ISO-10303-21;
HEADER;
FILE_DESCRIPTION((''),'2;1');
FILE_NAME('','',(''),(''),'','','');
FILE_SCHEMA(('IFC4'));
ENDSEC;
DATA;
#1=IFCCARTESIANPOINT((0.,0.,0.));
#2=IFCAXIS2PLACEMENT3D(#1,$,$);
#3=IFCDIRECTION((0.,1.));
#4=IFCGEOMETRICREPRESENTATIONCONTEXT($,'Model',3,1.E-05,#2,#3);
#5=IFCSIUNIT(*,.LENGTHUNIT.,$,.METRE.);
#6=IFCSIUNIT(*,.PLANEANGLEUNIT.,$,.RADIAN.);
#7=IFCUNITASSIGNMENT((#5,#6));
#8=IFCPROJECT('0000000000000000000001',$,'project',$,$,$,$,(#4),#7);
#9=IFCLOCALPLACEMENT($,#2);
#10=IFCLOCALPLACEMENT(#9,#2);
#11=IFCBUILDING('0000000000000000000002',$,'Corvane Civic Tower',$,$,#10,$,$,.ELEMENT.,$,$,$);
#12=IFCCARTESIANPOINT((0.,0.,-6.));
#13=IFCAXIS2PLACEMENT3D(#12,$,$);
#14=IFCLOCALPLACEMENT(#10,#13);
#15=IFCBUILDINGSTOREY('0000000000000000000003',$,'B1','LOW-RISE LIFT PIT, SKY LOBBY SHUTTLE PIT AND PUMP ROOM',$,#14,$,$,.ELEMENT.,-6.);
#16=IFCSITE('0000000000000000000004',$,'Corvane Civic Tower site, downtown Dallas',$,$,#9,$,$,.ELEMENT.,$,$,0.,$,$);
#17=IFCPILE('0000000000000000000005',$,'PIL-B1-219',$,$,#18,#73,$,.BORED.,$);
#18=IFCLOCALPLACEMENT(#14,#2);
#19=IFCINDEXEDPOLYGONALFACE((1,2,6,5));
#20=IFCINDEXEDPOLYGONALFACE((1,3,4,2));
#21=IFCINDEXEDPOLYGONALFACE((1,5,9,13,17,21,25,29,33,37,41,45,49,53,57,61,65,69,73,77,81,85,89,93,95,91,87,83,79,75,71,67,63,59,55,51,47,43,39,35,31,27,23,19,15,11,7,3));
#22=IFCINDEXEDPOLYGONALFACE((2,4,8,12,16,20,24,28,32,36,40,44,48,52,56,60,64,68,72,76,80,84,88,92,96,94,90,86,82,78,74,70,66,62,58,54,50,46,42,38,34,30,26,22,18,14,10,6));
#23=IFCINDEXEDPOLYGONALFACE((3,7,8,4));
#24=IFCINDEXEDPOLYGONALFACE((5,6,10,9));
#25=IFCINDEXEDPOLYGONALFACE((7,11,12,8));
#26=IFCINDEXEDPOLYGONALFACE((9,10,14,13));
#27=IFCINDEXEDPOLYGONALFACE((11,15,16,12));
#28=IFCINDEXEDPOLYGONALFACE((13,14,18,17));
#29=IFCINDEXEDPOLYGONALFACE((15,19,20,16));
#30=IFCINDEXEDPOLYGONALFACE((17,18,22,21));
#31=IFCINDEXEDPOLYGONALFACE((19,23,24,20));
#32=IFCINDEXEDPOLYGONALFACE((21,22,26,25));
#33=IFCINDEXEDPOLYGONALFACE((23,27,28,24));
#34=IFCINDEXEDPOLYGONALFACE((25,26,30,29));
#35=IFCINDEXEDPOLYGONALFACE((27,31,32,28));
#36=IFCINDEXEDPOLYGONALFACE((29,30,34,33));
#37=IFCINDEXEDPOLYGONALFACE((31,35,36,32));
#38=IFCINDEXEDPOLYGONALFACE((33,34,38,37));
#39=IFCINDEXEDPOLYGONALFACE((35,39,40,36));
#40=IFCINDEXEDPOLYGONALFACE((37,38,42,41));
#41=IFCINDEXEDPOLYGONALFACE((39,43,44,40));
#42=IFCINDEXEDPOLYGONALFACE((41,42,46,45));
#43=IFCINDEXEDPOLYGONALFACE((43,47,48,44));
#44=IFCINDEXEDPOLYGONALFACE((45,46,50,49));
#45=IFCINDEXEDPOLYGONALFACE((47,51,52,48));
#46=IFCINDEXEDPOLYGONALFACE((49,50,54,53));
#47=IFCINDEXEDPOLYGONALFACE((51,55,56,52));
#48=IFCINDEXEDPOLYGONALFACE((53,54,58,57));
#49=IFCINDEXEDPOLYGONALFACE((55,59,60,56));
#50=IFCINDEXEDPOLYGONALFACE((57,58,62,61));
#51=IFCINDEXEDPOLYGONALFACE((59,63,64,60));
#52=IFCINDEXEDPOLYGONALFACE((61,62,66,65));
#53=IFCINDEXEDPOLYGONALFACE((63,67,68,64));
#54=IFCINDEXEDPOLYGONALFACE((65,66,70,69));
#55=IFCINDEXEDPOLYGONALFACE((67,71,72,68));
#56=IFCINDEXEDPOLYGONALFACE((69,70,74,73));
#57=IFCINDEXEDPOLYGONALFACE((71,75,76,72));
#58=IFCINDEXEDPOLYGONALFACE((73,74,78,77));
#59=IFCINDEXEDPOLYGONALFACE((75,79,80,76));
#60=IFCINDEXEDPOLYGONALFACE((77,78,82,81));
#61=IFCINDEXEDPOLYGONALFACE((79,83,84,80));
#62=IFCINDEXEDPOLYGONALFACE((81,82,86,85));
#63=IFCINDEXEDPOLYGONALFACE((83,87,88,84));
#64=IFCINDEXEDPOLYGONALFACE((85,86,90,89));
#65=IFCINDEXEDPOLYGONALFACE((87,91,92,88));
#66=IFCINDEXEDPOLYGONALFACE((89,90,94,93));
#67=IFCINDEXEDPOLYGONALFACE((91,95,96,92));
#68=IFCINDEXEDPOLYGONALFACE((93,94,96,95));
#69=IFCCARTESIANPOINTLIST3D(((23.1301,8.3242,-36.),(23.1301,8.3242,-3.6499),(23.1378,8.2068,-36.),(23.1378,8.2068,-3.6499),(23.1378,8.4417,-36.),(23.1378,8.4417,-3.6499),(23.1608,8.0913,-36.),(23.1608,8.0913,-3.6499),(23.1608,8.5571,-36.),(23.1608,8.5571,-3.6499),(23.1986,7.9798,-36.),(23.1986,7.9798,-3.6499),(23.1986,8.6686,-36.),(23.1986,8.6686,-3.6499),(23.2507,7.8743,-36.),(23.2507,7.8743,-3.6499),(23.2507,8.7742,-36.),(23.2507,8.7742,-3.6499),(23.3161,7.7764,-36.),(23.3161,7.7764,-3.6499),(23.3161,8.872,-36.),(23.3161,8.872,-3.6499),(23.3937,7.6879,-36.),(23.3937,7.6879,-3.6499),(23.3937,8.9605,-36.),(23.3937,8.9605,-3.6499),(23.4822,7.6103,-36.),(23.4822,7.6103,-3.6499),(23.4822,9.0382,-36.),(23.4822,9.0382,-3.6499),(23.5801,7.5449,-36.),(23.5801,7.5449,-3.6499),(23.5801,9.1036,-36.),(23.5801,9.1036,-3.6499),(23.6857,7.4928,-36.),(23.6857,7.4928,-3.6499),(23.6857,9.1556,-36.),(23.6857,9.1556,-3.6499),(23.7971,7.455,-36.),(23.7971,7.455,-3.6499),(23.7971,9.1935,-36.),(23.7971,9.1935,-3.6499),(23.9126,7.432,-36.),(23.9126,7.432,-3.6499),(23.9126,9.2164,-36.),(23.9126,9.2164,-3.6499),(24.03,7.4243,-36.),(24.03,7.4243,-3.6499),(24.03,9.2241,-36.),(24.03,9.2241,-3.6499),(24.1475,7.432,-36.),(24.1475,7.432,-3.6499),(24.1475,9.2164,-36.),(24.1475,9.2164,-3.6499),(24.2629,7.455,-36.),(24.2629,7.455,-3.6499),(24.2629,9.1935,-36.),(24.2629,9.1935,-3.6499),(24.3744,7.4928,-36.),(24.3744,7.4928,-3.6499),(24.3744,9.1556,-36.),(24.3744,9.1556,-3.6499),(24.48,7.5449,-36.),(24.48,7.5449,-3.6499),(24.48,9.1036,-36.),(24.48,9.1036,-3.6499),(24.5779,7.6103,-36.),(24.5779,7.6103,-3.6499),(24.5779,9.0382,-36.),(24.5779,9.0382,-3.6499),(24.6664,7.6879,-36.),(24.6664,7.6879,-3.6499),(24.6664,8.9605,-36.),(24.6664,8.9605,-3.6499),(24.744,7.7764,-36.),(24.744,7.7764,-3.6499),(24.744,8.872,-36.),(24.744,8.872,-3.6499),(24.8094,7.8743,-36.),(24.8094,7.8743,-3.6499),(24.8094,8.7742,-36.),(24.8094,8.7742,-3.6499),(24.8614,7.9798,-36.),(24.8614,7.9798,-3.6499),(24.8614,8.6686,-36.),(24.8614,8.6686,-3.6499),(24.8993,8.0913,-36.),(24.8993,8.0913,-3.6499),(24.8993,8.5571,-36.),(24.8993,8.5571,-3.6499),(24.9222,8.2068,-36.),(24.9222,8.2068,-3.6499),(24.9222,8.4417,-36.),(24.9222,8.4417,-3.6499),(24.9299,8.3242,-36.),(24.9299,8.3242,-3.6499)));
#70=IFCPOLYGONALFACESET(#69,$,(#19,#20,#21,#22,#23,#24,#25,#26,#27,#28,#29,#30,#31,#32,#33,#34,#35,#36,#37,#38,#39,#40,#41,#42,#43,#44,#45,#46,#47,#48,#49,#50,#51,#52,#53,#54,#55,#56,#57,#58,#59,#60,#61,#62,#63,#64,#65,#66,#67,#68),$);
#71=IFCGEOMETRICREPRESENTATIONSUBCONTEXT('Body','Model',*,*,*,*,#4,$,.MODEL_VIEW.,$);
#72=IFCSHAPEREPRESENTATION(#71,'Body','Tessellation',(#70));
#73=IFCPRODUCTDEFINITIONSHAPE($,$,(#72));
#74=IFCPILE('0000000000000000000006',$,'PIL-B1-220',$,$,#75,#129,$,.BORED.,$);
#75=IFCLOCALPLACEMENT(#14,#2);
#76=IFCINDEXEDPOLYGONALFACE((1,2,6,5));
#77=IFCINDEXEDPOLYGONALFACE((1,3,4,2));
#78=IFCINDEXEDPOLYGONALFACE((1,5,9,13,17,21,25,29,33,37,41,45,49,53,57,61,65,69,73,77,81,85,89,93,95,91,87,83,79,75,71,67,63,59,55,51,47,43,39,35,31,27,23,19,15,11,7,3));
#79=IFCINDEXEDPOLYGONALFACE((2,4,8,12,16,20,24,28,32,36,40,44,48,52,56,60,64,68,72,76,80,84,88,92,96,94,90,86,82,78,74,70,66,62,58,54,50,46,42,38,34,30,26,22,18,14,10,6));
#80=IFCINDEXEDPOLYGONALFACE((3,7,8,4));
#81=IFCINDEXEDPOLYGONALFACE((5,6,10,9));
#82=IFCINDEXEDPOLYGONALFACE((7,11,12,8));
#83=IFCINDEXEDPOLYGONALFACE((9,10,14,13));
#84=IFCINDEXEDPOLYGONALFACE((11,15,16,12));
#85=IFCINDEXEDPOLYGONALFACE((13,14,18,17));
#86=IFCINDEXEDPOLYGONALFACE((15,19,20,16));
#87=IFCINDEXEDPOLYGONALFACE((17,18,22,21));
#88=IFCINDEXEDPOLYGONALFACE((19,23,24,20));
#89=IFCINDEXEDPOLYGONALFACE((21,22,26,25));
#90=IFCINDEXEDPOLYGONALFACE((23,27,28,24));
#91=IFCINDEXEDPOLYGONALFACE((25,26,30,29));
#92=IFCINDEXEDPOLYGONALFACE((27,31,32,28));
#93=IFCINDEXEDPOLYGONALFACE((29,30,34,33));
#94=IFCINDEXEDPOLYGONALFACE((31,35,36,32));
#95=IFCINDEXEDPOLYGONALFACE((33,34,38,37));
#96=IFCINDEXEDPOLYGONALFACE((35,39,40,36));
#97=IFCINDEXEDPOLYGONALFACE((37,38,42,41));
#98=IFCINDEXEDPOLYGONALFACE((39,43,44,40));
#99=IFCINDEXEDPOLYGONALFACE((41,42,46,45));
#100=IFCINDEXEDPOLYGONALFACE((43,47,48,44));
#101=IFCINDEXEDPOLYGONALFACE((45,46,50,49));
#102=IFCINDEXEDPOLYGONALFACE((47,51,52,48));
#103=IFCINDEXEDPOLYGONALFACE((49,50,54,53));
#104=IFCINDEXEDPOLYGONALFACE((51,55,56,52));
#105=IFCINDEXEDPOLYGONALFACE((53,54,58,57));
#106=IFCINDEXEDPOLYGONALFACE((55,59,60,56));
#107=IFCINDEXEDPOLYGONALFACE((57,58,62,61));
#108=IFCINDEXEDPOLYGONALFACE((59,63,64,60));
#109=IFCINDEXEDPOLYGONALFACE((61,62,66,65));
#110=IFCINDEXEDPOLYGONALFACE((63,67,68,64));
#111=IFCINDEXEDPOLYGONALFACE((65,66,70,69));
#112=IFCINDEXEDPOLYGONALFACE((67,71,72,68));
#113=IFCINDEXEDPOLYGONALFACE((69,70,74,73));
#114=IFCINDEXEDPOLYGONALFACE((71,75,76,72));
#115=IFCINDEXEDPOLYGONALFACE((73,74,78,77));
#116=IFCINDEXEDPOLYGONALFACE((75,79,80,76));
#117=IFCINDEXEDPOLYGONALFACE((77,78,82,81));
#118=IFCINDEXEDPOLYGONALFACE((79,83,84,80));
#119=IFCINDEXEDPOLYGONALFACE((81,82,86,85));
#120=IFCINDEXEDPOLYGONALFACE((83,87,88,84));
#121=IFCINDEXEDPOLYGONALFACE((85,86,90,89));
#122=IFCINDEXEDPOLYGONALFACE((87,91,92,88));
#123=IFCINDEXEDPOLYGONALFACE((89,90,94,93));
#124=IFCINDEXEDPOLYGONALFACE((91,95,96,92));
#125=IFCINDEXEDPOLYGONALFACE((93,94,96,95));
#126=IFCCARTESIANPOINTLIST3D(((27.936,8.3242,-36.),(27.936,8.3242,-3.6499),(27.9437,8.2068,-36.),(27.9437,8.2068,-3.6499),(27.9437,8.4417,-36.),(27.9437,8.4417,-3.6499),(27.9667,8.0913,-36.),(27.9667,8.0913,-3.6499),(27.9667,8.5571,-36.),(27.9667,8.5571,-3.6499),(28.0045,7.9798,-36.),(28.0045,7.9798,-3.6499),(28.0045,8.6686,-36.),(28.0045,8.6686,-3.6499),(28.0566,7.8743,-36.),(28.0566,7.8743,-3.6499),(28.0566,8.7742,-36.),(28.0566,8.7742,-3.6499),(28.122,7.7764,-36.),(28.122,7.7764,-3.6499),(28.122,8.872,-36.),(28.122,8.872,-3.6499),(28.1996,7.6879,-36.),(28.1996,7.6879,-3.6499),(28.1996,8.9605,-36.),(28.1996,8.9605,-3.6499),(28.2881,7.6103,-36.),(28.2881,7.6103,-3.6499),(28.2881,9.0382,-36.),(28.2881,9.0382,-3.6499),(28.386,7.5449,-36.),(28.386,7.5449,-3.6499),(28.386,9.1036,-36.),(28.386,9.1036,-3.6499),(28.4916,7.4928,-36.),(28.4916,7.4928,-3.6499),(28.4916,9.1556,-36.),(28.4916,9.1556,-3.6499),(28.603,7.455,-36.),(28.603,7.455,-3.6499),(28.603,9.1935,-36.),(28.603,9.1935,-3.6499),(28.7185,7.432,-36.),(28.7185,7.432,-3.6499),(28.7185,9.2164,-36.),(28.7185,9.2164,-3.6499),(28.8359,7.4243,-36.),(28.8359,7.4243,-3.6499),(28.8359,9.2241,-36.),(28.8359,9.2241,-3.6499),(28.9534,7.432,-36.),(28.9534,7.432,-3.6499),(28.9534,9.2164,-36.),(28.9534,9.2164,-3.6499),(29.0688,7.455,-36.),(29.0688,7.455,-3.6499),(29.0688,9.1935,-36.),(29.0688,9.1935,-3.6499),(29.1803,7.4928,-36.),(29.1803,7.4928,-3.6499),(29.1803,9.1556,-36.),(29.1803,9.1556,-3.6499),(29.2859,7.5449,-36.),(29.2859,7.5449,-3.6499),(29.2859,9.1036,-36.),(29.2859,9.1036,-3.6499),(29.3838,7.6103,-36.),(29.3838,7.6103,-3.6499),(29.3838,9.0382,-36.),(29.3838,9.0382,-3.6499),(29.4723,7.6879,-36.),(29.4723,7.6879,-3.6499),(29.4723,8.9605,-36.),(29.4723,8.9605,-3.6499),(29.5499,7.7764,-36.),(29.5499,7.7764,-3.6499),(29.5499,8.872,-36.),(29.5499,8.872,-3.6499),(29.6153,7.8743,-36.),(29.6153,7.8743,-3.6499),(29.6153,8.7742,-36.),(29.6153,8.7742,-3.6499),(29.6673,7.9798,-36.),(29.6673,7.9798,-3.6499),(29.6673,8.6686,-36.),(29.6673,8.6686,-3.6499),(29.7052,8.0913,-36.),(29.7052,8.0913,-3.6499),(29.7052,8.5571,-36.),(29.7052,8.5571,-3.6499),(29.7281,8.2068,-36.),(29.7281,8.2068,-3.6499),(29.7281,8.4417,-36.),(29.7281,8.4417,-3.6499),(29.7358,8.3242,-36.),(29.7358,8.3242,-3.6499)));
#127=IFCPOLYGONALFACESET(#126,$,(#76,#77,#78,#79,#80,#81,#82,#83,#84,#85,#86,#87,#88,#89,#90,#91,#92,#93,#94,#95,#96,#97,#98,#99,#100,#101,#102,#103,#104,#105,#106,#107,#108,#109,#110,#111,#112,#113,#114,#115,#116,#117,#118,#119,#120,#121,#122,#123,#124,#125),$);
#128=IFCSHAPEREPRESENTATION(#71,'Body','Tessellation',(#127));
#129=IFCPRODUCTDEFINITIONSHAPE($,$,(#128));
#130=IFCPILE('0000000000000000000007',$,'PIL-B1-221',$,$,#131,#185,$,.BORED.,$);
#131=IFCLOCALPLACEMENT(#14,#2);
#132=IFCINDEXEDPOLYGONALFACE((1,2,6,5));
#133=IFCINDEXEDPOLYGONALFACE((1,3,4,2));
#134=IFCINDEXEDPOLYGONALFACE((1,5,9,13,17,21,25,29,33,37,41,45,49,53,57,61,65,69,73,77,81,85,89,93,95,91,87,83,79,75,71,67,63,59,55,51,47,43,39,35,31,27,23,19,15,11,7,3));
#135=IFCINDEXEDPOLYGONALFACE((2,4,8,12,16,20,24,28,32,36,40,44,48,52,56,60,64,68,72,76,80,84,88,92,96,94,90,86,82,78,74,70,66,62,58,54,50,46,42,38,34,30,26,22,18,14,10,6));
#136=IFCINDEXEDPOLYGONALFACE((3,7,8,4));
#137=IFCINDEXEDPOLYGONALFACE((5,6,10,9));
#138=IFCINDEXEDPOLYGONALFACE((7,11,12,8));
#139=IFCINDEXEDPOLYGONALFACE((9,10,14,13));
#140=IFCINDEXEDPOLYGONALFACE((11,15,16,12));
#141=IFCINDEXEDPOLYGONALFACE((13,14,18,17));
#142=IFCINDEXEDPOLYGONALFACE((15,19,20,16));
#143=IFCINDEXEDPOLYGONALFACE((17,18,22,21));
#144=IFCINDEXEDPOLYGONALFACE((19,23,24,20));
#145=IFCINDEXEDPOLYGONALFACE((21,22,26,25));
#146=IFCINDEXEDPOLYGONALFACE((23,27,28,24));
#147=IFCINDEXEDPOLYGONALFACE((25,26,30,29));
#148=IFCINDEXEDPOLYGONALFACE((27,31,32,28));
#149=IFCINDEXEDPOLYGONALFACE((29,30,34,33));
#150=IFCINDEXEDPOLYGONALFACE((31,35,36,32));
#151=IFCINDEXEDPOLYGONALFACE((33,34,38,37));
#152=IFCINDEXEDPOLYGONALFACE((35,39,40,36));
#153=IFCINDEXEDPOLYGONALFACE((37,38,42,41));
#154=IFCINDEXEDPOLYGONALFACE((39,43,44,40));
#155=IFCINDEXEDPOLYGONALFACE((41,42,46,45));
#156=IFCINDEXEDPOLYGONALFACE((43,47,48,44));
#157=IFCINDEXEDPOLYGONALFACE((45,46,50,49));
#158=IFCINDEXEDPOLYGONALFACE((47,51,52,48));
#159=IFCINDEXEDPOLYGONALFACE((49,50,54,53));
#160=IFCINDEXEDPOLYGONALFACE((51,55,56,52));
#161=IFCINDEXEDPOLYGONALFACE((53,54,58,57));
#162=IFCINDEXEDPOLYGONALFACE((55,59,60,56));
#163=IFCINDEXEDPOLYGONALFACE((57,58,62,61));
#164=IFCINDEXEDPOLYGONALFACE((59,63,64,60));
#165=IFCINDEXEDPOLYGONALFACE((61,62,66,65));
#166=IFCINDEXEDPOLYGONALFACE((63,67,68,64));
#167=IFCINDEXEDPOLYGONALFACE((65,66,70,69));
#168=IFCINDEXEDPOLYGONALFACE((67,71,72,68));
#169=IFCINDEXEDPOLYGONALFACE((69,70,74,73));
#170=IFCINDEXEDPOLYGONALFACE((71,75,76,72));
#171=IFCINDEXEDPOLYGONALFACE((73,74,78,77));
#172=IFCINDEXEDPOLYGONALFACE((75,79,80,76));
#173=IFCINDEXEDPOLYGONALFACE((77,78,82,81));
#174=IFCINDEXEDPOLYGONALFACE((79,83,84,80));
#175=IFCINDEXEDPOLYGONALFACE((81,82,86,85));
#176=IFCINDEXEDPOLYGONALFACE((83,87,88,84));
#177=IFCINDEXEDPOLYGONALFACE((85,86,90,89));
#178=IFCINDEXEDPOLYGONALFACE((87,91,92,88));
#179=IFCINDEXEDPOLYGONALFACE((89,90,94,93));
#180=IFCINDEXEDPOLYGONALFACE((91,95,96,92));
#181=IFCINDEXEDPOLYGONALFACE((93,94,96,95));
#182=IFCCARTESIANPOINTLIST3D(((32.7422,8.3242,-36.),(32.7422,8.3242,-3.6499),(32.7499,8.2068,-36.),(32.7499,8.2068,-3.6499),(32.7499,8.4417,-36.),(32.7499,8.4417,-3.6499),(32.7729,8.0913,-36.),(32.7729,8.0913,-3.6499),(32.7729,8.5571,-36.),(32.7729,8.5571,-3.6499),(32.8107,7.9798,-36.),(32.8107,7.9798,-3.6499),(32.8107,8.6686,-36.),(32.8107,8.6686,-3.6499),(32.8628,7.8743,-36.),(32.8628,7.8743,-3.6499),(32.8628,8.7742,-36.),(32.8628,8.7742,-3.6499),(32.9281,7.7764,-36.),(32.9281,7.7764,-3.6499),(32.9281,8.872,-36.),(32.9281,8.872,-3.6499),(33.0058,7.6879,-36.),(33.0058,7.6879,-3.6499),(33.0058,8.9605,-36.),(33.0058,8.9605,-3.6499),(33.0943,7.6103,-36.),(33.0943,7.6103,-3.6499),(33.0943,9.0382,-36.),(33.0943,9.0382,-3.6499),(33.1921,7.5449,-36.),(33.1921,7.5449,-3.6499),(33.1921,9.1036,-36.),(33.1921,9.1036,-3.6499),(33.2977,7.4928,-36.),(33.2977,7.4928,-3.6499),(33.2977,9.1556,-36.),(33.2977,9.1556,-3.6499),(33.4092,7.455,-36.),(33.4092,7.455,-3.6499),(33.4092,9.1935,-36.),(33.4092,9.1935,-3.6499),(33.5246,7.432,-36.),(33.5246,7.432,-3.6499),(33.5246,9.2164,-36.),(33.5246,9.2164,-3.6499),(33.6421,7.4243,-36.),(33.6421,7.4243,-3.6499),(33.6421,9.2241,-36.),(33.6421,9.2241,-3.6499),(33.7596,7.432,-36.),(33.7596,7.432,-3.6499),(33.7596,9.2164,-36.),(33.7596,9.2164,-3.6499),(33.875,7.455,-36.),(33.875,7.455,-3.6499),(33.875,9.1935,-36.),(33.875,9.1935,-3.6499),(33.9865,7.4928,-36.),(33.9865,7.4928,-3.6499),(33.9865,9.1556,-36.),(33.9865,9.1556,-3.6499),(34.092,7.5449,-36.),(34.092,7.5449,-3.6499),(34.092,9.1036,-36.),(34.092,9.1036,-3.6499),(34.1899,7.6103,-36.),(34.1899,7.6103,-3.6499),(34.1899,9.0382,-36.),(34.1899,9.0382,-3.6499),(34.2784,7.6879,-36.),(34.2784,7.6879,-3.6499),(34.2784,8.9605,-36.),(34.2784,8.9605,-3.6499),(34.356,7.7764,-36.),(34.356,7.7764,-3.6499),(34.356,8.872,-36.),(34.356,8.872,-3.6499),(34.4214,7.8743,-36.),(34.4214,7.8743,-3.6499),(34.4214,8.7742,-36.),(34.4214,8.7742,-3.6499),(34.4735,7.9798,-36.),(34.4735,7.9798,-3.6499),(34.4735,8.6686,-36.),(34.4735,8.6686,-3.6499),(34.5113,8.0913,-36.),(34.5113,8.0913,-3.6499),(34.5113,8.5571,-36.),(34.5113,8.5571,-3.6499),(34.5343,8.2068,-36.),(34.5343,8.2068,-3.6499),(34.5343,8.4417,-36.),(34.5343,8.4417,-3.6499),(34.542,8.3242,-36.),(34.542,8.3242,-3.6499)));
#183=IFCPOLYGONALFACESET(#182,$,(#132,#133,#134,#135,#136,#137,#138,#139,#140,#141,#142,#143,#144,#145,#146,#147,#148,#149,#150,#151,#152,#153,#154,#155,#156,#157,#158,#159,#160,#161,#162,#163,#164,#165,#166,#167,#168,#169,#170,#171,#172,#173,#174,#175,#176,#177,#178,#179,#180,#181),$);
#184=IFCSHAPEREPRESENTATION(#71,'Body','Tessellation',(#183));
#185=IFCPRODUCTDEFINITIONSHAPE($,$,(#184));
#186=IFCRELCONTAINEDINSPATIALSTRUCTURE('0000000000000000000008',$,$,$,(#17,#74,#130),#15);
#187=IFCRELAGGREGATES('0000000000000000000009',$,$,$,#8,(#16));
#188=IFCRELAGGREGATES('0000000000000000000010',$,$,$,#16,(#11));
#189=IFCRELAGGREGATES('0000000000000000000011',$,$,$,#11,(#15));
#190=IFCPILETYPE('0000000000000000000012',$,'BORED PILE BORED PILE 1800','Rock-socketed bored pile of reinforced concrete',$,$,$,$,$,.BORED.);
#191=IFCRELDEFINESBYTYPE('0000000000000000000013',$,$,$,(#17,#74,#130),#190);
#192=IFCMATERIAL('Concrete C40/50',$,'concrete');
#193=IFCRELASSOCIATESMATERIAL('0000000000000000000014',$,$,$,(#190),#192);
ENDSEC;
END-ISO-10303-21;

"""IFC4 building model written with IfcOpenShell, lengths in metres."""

from ifc_helpers import new_model, si_unit, direction, frame, origin, origin_2d, place, context, subcontext, project, spatial, circle, extrude, material, material_profile, profile_set, type_object, element, save


model = new_model("IFC4")

# Units and contexts
model_context = context("Model", 3, precision=1e-05, world=origin(), true_north=direction((0.0, 1.0)))
body_context = subcontext(model_context, "Body", "Model", "MODEL_VIEW")
ifc_project = project(units=[si_unit("LENGTHUNIT", "METRE"), si_unit("PLANEANGLEUNIT", "RADIAN")], contexts=[model_context])

# Site, building, storey
site_placement = place(None, origin())
site = spatial("IfcSite", under=ifc_project, at=site_placement, Name="Corvane Civic Tower site, downtown Dallas", CompositionType="ELEMENT", RefElevation=0.0)
building_placement = place(site_placement, origin())
building = spatial("IfcBuilding", under=site, at=building_placement, Name="Corvane Civic Tower", CompositionType="ELEMENT")
storey_placement = place(building_placement, frame((0.0, 0.0, -6.0)))
storey = spatial("IfcBuildingStorey", under=building, at=storey_placement, Name="B1", Description="LOW-RISE LIFT PIT, SKY LOBBY SHUTTLE PIT AND PUMP ROOM", CompositionType="ELEMENT", Elevation=-6.0)

# Piles
ifc_material_1 = material(Name="Concrete C40/50", Category="concrete")
ifc_material_profile_1 = material_profile(ifc_material_1, circle(Radius=0.8999, at=origin_2d()), Name="BORED PILE 1800")
ifc_profile_set_1 = profile_set([ifc_material_profile_1], Name="Concrete C40/50")
pile_type = type_object("IfcPileType", Name="BORED PILE BORED PILE 1800", Description="Rock-socketed bored pile of reinforced concrete", PredefinedType="BORED", material=ifc_profile_set_1)
for number, where, z_axis, x_axis, name in (
    (1, (24.03, 8.3242, -3.6499), (0.0, 0.0, -1.0), (1.0, 0.0, 0.0), "PIL-B1-219"),
    (2, (28.8359, 8.3242, -3.6499), (0.0, 0.0, -1.0), (1.0, 0.0, 0.0), "PIL-B1-220"),
    (3, (33.6421, 8.3242, -3.6499), (0.0, 0.0, -1.0), (1.0, 0.0, 0.0), "PIL-B1-221"),
):
    element("IfcPile", number, at=place(storey_placement, frame(where, z_axis=z_axis, x_axis=x_axis)), inside=storey, type_object=pile_type, Name=name, PredefinedType="BORED", context=body_context, shape_type="SweptSolid", body=[
        extrude(circle(Radius=0.8999, at=origin_2d()), origin(), (0.0, 0.0, 1.0), 32.3501),
    ])

save(model, "model.ifc")
